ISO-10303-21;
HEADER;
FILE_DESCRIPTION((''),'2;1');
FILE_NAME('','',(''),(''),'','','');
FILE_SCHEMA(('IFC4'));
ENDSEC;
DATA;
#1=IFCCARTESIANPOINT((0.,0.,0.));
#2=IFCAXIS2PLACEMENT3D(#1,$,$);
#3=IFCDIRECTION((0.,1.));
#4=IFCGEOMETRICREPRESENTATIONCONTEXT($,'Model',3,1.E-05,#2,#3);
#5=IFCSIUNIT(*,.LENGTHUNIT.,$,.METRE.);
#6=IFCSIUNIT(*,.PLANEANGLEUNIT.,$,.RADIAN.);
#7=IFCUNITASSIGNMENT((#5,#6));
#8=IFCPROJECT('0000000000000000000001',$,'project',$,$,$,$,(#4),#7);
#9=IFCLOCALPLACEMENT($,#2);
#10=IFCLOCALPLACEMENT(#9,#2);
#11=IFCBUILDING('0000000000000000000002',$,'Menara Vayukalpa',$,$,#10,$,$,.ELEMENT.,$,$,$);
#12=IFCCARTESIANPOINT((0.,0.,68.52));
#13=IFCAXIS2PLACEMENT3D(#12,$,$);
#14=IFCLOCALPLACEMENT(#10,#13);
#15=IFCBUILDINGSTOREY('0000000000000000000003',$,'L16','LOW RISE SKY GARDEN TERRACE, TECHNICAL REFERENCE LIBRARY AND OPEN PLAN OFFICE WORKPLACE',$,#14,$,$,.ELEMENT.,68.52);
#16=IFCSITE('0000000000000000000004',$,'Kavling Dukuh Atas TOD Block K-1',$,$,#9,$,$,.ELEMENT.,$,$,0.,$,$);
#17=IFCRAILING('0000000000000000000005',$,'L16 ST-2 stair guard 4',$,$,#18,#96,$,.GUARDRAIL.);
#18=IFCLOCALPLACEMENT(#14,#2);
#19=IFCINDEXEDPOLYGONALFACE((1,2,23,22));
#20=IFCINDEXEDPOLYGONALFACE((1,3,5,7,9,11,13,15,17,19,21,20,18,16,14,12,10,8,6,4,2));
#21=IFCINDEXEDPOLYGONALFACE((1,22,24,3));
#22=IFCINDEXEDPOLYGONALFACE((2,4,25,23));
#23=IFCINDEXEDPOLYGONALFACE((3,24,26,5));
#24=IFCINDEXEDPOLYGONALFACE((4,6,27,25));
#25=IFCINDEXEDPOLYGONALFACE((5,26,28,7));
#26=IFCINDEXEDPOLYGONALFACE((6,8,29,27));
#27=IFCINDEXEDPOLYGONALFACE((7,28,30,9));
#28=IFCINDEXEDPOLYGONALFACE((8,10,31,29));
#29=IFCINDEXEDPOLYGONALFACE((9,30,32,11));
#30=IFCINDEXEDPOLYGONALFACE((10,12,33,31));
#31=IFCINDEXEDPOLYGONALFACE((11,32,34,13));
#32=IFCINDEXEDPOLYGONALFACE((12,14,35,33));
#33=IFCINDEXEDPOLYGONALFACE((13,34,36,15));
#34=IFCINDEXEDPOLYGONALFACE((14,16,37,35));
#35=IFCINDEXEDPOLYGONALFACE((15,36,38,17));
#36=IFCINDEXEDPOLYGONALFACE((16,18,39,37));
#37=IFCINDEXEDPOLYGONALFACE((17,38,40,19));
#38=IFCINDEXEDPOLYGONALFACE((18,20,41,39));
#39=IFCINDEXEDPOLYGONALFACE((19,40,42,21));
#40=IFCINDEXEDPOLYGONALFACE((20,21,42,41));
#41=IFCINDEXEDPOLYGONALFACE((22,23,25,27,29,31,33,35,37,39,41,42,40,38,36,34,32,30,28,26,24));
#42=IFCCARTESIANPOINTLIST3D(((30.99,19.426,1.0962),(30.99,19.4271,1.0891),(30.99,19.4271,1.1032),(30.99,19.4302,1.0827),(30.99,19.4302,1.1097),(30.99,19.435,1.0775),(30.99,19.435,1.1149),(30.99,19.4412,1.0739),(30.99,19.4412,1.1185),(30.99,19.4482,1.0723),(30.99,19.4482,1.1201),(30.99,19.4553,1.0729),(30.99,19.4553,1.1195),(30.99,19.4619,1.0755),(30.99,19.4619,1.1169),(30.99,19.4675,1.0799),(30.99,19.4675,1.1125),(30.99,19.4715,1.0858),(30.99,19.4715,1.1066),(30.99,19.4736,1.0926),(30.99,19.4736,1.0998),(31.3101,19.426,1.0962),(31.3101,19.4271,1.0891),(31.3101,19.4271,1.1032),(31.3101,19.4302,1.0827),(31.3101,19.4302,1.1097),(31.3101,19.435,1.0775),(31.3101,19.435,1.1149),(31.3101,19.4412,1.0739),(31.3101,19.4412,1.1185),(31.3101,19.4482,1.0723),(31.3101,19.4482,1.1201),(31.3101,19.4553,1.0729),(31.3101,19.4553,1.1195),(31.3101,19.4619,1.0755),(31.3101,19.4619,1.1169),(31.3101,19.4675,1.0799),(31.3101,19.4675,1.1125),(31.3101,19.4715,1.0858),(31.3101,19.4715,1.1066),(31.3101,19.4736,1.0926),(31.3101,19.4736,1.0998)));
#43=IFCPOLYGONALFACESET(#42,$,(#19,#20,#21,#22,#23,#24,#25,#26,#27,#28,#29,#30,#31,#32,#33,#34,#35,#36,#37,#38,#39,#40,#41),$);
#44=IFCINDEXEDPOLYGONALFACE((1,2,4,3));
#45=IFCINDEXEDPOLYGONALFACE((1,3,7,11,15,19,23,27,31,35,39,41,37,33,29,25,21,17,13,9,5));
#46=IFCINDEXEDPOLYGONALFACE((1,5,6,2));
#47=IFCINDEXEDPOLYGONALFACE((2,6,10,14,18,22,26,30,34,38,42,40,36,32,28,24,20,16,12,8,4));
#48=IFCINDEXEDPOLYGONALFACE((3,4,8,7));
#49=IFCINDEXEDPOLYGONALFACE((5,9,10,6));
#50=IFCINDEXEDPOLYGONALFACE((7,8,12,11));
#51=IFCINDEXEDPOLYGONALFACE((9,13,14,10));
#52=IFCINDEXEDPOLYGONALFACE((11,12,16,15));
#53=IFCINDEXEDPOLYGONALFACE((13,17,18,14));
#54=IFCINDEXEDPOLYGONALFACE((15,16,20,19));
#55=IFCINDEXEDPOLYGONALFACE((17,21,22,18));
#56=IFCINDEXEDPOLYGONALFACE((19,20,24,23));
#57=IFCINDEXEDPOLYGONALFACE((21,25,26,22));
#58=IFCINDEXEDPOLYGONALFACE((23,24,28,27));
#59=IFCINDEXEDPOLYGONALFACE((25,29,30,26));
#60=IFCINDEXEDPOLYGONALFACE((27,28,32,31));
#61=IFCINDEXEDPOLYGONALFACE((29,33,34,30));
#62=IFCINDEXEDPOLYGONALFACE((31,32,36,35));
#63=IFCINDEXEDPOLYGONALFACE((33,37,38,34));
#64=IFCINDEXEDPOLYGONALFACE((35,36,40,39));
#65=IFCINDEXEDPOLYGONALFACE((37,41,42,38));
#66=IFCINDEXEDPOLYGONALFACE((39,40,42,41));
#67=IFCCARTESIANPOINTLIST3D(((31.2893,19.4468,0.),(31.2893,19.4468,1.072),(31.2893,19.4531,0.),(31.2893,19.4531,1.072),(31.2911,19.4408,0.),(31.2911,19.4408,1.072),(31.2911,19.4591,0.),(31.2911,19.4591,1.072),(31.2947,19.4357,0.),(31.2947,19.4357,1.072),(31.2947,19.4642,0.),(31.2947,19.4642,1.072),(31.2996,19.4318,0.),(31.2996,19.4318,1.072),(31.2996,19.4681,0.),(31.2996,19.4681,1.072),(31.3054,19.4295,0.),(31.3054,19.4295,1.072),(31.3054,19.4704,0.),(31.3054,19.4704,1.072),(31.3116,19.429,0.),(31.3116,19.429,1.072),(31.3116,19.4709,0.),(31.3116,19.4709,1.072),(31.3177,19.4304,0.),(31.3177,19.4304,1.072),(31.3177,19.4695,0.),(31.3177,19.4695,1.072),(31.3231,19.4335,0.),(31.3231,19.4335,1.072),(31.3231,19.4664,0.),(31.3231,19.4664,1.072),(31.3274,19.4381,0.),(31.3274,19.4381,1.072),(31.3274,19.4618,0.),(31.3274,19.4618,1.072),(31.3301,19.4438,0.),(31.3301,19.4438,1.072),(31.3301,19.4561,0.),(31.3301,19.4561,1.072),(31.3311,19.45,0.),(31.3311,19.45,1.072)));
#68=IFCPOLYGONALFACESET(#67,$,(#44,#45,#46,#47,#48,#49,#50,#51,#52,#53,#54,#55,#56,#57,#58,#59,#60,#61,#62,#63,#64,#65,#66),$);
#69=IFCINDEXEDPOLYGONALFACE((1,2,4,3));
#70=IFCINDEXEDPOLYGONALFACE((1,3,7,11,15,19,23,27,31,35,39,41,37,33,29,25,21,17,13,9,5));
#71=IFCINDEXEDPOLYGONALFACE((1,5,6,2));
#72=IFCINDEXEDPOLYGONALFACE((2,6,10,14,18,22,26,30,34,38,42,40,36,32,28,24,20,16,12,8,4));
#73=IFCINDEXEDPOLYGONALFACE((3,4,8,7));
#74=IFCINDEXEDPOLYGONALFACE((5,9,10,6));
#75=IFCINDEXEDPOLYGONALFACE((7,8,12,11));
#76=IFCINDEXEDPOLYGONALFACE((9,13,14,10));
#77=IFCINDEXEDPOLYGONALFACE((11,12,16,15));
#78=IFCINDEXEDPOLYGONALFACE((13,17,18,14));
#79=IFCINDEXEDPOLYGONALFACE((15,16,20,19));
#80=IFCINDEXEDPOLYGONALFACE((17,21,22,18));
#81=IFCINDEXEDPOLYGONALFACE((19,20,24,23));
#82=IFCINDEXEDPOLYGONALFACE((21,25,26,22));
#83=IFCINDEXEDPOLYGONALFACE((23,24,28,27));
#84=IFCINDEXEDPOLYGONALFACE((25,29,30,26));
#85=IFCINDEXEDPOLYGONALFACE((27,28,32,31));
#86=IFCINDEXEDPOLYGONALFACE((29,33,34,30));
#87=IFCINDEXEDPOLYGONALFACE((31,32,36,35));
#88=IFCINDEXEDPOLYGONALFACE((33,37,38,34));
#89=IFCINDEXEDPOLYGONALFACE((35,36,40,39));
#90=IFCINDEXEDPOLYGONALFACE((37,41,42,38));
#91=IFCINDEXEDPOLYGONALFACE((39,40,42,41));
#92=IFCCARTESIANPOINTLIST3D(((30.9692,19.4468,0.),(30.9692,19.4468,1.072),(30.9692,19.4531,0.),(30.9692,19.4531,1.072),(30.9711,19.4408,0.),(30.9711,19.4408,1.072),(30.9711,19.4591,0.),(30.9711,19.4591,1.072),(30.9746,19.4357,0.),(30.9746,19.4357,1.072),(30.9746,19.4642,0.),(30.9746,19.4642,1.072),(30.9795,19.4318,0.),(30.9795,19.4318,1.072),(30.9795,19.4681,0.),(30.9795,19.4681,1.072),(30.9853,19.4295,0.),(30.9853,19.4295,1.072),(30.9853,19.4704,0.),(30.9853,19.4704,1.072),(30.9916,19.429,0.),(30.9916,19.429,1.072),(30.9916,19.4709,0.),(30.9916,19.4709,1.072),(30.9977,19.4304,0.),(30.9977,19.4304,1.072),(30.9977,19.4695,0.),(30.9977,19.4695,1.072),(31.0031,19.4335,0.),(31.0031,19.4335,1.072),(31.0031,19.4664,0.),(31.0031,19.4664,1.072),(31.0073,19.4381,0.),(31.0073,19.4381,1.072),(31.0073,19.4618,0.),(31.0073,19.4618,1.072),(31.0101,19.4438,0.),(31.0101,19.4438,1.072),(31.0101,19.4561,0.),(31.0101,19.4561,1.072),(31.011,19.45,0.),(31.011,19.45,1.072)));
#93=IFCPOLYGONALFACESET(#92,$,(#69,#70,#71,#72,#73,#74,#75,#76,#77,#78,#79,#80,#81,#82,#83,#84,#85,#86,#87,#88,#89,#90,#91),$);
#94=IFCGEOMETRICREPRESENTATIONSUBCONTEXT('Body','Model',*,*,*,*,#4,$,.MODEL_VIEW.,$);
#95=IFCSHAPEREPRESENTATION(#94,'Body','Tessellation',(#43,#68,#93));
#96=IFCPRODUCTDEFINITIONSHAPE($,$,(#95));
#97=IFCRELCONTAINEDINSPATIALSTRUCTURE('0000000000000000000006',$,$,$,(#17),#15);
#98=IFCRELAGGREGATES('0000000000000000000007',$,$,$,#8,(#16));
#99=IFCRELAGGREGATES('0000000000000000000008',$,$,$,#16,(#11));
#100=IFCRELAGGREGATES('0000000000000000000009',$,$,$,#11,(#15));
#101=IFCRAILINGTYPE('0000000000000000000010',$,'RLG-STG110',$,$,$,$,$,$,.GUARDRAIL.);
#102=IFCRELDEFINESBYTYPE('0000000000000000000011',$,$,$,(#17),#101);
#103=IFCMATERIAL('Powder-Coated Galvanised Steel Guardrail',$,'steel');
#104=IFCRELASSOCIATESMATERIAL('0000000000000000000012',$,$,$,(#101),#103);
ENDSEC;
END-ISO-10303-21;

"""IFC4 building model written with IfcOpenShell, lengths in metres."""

from ifc_helpers import new_model, si_unit, direction, frame, origin, origin_2d, place, context, subcontext, project, spatial, circle, extrude, material, type_object, element, save


model = new_model("IFC4")

# Units and contexts
model_context = context("Model", 3, precision=1e-05, world=origin(), true_north=direction((0.0, 1.0)))
body_context = subcontext(model_context, "Body", "Model", "MODEL_VIEW")
ifc_project = project(units=[si_unit("LENGTHUNIT", "METRE"), si_unit("PLANEANGLEUNIT", "RADIAN")], contexts=[model_context])

# Site, building, storey
site_placement = place(None, origin())
site = spatial("IfcSite", under=ifc_project, at=site_placement, Name="Kavling Dukuh Atas TOD Block K-1", CompositionType="ELEMENT", RefElevation=0.0)
building_placement = place(site_placement, origin())
building = spatial("IfcBuilding", under=site, at=building_placement, Name="Menara Vayukalpa", CompositionType="ELEMENT")
storey_placement = place(building_placement, frame((0.0, 0.0, 68.52)))
storey = spatial("IfcBuildingStorey", under=building, at=storey_placement, Name="L16", Description="LOW RISE SKY GARDEN TERRACE, TECHNICAL REFERENCE LIBRARY AND OPEN PLAN OFFICE WORKPLACE", CompositionType="ELEMENT", Elevation=68.52)

# Railing
ifc_material_1 = material(Name="Powder-Coated Galvanised Steel Guardrail", Category="steel")
railing_type_1 = type_object("IfcRailingType", Name="RLG-STG110", PredefinedType="GUARDRAIL", material=ifc_material_1)
for number, where, name in (
    (1, (31.3101, 19.45, 0.0), "L16 ST-2 stair guard 4"),
):
    element("IfcRailing", number, at=place(storey_placement, frame(where)), inside=storey, type_object=railing_type_1, Name=name, PredefinedType="GUARDRAIL", context=body_context, shape_type="SweptSolid", body=[
        extrude(circle(Radius=0.0239, at=origin_2d()), frame((0.0, 0.0, 1.0962), z_axis=(-1.0, 0.0, 0.0), x_axis=(0.0, -1.0, 0.0)), (0.0, 0.0, 1.0), 0.3201),
        extrude(circle(Radius=0.021, at=origin_2d()), origin(), (0.0, 0.0, 1.0), 1.072),
        extrude(circle(Radius=0.021, at=origin_2d()), frame((-0.3201, 0.0, 0.0)), (0.0, 0.0, 1.0), 1.072),
    ])

save(model, "model.ifc")
